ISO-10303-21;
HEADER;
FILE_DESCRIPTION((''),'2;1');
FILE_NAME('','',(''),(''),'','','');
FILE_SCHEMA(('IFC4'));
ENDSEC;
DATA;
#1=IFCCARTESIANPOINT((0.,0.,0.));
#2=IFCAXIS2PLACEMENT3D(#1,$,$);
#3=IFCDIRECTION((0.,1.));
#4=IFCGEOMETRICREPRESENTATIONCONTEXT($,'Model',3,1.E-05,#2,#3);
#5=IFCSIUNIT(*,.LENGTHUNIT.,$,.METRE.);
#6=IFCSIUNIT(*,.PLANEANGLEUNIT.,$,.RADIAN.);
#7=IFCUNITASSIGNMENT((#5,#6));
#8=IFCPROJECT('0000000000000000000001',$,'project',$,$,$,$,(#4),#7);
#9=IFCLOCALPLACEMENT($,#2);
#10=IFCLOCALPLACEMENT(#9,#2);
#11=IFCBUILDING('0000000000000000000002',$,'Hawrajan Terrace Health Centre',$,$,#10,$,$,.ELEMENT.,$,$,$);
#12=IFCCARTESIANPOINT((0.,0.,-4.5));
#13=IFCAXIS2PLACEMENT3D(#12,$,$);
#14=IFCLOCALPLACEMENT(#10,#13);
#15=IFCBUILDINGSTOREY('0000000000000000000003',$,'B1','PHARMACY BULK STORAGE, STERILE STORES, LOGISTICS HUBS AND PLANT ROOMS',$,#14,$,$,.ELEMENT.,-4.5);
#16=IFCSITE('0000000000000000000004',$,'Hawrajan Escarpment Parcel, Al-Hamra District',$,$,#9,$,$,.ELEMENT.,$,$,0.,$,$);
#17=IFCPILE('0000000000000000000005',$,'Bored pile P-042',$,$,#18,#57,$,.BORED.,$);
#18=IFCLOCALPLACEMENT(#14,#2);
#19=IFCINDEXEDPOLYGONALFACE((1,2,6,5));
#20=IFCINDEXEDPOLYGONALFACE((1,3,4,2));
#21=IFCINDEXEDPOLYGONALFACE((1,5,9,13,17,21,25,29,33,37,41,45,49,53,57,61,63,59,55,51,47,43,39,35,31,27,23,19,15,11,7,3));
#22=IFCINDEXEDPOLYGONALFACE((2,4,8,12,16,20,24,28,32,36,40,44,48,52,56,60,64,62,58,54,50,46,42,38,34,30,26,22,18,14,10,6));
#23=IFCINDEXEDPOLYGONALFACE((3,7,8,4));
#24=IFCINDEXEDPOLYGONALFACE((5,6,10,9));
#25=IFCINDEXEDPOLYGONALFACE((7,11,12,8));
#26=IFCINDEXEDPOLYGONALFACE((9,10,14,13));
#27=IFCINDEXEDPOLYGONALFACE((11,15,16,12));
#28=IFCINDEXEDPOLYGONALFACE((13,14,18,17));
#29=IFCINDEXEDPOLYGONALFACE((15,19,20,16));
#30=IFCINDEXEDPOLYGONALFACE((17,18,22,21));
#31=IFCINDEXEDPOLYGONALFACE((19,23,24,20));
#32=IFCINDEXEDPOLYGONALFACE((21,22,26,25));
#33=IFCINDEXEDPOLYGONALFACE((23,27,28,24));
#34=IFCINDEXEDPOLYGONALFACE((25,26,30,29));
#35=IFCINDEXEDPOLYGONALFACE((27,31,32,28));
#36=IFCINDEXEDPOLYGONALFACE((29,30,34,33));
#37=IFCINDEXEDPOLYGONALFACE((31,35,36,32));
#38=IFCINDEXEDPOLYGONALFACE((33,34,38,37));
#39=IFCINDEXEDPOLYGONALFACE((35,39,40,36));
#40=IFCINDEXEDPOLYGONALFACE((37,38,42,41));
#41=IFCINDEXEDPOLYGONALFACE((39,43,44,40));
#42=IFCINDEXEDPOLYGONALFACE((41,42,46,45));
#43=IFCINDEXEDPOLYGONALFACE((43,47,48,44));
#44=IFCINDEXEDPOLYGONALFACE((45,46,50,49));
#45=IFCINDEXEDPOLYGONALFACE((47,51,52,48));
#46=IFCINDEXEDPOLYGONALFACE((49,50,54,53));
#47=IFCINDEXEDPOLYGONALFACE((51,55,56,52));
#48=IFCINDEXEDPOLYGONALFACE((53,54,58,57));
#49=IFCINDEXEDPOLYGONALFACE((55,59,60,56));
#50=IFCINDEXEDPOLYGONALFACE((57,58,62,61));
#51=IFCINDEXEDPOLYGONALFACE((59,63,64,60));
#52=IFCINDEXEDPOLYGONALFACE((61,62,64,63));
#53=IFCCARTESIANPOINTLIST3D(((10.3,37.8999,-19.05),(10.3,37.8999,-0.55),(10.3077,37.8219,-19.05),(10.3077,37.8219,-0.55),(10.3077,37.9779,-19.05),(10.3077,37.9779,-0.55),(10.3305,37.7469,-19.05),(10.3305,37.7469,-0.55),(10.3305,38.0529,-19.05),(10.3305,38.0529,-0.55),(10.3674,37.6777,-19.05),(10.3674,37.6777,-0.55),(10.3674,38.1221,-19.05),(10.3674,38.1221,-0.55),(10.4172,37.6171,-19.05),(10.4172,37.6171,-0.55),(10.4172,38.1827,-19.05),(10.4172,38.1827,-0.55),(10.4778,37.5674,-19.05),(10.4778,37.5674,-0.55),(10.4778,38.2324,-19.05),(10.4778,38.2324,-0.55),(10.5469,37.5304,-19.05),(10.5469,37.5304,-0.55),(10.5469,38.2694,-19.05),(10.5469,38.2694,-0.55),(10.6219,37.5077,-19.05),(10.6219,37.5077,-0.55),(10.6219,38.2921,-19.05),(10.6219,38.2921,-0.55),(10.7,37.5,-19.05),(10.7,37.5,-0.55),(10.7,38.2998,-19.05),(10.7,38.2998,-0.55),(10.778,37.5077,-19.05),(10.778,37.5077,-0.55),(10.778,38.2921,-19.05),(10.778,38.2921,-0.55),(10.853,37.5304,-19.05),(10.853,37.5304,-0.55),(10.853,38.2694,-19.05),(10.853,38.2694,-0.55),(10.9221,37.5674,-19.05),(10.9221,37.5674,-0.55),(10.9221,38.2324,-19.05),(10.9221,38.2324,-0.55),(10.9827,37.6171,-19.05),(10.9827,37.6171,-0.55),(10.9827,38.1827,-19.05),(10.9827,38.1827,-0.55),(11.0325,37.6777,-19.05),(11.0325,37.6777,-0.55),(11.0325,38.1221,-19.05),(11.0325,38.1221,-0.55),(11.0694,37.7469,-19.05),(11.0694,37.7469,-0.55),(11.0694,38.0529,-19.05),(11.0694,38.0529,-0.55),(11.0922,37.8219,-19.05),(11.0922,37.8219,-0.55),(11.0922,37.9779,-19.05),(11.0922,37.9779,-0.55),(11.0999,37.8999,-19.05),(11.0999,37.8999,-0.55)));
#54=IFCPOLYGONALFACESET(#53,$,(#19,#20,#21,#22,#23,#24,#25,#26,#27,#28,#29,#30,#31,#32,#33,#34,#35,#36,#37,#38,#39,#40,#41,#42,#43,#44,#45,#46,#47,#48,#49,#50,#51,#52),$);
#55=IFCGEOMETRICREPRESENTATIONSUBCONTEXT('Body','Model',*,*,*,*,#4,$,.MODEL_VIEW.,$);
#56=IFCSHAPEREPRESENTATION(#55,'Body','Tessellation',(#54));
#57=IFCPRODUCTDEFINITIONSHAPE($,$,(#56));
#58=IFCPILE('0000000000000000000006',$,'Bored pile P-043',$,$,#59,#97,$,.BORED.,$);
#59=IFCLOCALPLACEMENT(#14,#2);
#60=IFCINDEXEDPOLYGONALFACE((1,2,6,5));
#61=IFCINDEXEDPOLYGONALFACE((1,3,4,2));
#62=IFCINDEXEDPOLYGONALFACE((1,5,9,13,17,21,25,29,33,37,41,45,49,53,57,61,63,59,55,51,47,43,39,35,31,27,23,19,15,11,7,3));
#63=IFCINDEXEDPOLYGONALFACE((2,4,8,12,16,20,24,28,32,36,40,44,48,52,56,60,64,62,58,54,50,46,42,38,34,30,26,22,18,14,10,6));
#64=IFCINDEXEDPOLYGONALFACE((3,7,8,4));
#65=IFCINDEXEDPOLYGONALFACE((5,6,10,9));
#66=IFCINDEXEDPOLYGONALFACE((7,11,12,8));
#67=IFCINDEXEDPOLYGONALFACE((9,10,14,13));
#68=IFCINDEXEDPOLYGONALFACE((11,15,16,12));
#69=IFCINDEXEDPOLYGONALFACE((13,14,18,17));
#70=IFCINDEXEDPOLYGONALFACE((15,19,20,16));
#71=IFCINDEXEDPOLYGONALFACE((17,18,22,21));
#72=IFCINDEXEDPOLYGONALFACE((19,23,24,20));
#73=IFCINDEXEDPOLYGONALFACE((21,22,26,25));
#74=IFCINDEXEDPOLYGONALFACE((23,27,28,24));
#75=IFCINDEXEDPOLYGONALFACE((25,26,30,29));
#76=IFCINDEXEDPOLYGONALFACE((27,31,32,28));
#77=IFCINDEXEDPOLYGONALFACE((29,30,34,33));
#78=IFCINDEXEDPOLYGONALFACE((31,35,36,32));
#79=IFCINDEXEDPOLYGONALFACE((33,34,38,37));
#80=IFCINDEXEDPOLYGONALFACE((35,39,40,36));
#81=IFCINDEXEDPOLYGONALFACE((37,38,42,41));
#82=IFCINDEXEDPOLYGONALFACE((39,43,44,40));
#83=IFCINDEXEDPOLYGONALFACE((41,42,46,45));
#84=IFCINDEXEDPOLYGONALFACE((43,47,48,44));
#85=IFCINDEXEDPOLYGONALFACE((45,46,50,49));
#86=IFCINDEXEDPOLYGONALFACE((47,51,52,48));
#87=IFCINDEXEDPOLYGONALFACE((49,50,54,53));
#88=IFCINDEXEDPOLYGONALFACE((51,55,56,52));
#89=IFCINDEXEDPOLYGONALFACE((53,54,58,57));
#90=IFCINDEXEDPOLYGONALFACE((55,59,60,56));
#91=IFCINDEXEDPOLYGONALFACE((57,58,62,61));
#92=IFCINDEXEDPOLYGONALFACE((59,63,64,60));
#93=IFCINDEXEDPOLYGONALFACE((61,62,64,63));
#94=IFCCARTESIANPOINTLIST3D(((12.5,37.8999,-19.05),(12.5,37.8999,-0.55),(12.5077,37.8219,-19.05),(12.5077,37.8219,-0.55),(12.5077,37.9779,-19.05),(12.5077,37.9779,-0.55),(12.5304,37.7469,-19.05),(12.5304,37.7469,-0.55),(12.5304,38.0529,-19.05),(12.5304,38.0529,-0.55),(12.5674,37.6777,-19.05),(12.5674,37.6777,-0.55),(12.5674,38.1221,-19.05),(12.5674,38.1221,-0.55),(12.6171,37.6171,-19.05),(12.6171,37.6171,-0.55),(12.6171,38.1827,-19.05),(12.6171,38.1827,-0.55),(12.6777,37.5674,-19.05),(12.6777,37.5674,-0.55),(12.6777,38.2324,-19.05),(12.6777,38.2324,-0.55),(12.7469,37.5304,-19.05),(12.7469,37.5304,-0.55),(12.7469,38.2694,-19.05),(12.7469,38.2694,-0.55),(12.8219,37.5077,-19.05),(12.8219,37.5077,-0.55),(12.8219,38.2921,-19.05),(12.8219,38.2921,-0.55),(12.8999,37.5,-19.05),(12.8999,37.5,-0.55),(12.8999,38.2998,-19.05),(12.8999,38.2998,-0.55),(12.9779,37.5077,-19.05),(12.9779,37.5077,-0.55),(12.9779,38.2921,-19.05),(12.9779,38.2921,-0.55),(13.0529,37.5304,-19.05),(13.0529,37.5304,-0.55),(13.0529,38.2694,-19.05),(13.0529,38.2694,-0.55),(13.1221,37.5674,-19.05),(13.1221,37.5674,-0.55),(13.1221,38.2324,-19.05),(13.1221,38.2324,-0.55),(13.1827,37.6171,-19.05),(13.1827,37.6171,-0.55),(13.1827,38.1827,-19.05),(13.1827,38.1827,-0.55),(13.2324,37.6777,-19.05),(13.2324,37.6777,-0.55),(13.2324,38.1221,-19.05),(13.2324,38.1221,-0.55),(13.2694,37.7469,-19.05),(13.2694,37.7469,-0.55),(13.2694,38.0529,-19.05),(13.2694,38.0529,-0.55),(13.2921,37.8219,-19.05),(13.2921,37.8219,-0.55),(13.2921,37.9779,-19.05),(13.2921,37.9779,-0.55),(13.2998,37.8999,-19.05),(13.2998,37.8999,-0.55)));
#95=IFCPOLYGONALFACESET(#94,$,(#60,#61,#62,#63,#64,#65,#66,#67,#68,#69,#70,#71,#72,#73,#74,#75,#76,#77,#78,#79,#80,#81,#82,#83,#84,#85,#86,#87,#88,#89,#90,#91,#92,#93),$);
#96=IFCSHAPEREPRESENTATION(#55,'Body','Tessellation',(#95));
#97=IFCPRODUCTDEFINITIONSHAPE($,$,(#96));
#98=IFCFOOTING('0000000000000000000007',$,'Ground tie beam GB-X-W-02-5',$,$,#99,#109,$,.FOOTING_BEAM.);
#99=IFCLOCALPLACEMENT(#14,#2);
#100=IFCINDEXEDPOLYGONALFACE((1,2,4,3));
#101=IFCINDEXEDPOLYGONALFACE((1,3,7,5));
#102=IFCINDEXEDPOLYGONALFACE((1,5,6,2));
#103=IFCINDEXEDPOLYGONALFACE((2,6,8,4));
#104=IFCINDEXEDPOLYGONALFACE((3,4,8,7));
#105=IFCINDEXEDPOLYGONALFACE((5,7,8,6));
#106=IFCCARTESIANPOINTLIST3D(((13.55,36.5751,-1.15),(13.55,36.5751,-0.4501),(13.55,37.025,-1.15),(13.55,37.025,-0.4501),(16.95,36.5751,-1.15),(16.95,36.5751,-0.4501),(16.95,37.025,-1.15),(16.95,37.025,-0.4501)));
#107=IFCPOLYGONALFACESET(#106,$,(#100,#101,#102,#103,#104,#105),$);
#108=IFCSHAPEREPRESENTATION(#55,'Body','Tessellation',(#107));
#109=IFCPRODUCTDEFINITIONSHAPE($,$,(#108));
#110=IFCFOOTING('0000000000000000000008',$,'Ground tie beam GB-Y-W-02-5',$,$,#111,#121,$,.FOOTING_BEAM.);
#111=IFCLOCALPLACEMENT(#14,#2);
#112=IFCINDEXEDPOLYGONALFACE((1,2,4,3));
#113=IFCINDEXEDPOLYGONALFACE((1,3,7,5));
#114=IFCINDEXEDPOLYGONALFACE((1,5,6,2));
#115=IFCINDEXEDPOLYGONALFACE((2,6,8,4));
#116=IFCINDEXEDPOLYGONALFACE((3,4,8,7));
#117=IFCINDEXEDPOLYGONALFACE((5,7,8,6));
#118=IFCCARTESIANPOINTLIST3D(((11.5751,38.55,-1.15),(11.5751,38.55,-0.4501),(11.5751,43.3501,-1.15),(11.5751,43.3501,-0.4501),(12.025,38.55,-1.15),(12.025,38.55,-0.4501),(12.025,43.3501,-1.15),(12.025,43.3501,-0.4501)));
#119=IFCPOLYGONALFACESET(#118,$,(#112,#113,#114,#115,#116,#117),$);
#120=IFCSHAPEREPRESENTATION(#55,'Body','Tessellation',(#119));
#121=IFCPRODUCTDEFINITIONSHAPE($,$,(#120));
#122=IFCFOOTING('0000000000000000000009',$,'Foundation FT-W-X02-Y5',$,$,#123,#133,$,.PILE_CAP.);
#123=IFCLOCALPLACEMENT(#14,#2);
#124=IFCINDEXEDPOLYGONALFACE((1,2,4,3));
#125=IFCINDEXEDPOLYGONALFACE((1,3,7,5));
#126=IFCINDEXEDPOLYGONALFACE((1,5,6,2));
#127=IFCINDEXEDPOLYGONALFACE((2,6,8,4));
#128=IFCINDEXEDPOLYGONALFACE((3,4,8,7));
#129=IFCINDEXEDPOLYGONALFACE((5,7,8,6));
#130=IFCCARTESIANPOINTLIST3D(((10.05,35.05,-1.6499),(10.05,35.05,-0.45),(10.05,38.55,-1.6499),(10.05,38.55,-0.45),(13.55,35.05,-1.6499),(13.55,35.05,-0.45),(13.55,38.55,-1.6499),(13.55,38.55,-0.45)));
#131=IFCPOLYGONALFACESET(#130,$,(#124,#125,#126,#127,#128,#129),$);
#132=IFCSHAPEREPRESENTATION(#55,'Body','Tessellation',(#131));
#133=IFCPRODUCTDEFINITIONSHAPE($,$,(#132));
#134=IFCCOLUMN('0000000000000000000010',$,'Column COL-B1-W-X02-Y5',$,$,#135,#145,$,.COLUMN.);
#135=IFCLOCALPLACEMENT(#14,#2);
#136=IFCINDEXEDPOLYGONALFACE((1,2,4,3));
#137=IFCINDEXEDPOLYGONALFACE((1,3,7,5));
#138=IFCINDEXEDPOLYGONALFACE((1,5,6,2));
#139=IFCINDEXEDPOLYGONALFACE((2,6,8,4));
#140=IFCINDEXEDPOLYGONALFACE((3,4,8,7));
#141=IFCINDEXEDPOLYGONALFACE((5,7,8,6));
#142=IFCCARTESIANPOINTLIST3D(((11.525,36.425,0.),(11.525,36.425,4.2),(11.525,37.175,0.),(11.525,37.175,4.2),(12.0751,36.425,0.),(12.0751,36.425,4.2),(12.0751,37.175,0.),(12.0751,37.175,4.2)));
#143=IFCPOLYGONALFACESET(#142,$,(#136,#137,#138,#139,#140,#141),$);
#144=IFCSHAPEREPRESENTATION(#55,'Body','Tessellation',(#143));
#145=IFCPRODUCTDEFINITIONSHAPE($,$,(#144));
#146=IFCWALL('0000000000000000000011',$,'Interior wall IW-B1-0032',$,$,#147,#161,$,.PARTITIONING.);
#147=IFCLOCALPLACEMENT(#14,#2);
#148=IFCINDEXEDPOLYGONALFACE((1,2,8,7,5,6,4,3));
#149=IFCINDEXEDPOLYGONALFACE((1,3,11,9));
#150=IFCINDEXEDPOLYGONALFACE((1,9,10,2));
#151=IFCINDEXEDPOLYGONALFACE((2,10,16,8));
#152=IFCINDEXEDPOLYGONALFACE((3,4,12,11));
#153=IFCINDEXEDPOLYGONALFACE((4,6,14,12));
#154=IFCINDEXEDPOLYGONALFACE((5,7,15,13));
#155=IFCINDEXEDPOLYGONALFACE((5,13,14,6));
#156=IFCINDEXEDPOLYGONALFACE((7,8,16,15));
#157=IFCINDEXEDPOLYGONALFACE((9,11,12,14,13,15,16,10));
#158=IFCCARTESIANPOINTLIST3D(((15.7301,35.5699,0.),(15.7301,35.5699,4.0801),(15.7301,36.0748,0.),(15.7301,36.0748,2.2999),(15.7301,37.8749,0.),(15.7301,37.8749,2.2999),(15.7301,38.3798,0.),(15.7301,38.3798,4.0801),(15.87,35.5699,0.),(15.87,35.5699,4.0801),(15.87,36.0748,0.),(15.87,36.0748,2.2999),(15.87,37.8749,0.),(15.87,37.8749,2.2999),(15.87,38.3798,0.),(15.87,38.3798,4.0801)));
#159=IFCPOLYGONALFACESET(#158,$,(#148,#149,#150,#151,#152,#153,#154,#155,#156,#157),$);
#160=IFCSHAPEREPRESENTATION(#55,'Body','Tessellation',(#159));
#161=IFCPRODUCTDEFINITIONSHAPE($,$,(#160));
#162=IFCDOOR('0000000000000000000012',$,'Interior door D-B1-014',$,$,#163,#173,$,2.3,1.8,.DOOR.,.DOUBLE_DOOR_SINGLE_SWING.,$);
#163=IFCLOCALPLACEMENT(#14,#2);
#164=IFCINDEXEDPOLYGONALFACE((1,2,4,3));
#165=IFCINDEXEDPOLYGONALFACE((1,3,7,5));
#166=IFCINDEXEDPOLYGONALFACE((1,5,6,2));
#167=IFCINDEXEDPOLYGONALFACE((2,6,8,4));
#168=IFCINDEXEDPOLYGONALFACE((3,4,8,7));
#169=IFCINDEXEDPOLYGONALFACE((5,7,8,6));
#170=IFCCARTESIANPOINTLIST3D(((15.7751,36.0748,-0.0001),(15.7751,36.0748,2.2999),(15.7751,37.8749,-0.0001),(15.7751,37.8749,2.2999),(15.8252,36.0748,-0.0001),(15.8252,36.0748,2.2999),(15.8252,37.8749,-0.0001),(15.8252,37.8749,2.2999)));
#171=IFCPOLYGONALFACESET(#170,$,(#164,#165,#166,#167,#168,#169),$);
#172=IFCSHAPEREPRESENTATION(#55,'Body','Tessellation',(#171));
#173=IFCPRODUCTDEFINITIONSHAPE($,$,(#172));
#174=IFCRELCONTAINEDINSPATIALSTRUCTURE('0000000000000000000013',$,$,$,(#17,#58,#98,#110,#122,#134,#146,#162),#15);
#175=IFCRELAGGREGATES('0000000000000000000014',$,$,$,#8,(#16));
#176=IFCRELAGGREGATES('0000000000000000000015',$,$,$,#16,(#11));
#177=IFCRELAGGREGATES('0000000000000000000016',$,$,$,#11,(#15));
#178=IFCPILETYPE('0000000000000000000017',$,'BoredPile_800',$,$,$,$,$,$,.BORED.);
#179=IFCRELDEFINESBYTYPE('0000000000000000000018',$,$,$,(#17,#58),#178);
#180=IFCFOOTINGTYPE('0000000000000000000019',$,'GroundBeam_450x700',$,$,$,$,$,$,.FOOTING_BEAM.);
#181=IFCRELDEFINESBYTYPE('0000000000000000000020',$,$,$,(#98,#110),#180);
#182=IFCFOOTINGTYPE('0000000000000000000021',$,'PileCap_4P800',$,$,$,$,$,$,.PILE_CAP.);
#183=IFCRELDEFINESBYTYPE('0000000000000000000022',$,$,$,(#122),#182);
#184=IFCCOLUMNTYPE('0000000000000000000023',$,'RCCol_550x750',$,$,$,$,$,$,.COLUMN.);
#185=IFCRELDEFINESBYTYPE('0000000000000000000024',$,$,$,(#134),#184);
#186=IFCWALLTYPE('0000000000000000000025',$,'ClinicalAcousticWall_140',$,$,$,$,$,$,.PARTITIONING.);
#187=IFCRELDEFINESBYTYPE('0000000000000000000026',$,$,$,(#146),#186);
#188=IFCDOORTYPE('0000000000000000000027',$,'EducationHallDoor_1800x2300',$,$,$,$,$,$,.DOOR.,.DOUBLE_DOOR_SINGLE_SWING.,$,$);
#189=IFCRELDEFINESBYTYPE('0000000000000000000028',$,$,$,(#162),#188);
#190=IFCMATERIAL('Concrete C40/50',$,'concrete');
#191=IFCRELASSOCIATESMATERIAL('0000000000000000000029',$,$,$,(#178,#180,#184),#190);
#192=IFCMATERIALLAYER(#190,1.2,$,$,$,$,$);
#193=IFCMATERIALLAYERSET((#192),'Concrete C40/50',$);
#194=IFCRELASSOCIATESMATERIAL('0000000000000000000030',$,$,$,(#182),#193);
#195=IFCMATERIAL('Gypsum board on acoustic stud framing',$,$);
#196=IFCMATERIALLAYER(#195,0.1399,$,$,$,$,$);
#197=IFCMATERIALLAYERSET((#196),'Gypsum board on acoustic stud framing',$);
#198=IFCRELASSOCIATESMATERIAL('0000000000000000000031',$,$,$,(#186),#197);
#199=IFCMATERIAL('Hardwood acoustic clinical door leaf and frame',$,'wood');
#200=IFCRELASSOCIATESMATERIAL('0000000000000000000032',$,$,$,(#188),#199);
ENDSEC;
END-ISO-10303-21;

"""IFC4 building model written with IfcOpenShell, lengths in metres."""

from ifc_helpers import new_model, si_unit, direction, frame, frame_2d, origin, origin_2d, place, context, subcontext, project, spatial, rectangle, circle, extrude, material, layer, layer_set, material_profile, profile_set, type_object, element, fill, save


model = new_model("IFC4")

# Units and contexts
model_context = context("Model", 3, precision=1e-05, world=origin(), true_north=direction((0.0, 1.0)))
body_context = subcontext(model_context, "Body", "Model", "MODEL_VIEW")
ifc_project = project(units=[si_unit("LENGTHUNIT", "METRE"), si_unit("PLANEANGLEUNIT", "RADIAN")], contexts=[model_context])

# Site, building, storey
site_placement = place(None, origin())
site = spatial("IfcSite", under=ifc_project, at=site_placement, Name="Hawrajan Escarpment Parcel, Al-Hamra District", CompositionType="ELEMENT", RefElevation=0.0)
building_placement = place(site_placement, origin())
building = spatial("IfcBuilding", under=site, at=building_placement, Name="Hawrajan Terrace Health Centre", CompositionType="ELEMENT")
storey_placement = place(building_placement, frame((0.0, 0.0, -4.5)))
storey = spatial("IfcBuildingStorey", under=building, at=storey_placement, Name="B1", Description="PHARMACY BULK STORAGE, STERILE STORES, LOGISTICS HUBS AND PLANT ROOMS", CompositionType="ELEMENT", Elevation=-4.5)

# Piles
ifc_material_1 = material(Name="Concrete C40/50", Category="concrete")
ifc_material_profile_1 = material_profile(ifc_material_1, circle(Radius=0.3999, at=origin_2d()), Name="BP 800")
ifc_profile_set_1 = profile_set([ifc_material_profile_1], Name="Concrete C40/50")
pile_type_1 = type_object("IfcPileType", Name="BoredPile_800", PredefinedType="BORED", material=ifc_profile_set_1)
for number, where, z_axis, x_axis, name in (
    (1, (10.7, 37.8999, -0.55), (0.0, 0.0, -1.0), (1.0, 0.0, 0.0), "Bored pile P-042"),
    (2, (12.8999, 37.8999, -0.55), (0.0, 0.0, -1.0), (1.0, 0.0, 0.0), "Bored pile P-043"),
):
    element("IfcPile", number, at=place(storey_placement, frame(where, z_axis=z_axis, x_axis=x_axis)), inside=storey, type_object=pile_type_1, Name=name, PredefinedType="BORED", context=body_context, shape_type="SweptSolid", body=[
        extrude(circle(Radius=0.3999, at=origin_2d()), origin(), (0.0, 0.0, 1.0), 18.5),
    ])

# Footings
ifc_material_profile_2 = material_profile(ifc_material_1, rectangle(XDim=0.45, YDim=0.7, at=origin_2d()), Name="RC BM 450x700")
ifc_profile_set_2 = profile_set([ifc_material_profile_2], Name="Concrete C40/50")
footing_type_1 = type_object("IfcFootingType", Name="GroundBeam_450x700", PredefinedType="FOOTING_BEAM", material=ifc_profile_set_2)
footing_1_placement = place(storey_placement, frame((13.55, 36.8, -0.8), z_axis=(1.0, 0.0, 0.0), x_axis=(0.0, 1.0, 0.0)))
element("IfcFooting", 3, at=footing_1_placement, inside=storey, type_object=footing_type_1, Name="Ground tie beam GB-X-W-02-5", PredefinedType="FOOTING_BEAM", context=body_context, shape_type="SweptSolid", body=[
    extrude(rectangle(XDim=0.45, YDim=0.7, at=origin_2d()), origin(), (0.0, 0.0, 1.0), 3.3999),
])
footing_2_placement = place(storey_placement, frame((11.8, 38.55, -0.8), z_axis=(0.0, 1.0, 0.0), x_axis=(-1.0, 0.0, 0.0)))
element("IfcFooting", 4, at=footing_2_placement, inside=storey, type_object=footing_type_1, Name="Ground tie beam GB-Y-W-02-5", PredefinedType="FOOTING_BEAM", context=body_context, shape_type="SweptSolid", body=[
    extrude(rectangle(XDim=0.45, YDim=0.7, at=origin_2d()), origin(), (0.0, 0.0, 1.0), 4.8),
])
ifc_layer_1 = layer(ifc_material_1, 1.2)
ifc_layer_set_1 = layer_set([ifc_layer_1], Name="Concrete C40/50")
footing_type_2 = type_object("IfcFootingType", Name="PileCap_4P800", PredefinedType="PILE_CAP", material=ifc_layer_set_1)
footing_3_placement = place(storey_placement, frame((11.8, 36.8, -1.6499), z_axis=(0.0, 0.0, 1.0), x_axis=(1.0, 0.0, 0.0)))
element("IfcFooting", 5, at=footing_3_placement, inside=storey, type_object=footing_type_2, Name="Foundation FT-W-X02-Y5", PredefinedType="PILE_CAP", context=body_context, shape_type="SweptSolid", body=[
    extrude(rectangle(XDim=3.5, YDim=3.5, at=origin_2d()), origin(), (0.0, 0.0, 1.0), 1.2),
])

# Column
ifc_material_profile_3 = material_profile(ifc_material_1, rectangle(XDim=0.55, YDim=0.75, at=origin_2d()), Name="RC 550x750")
ifc_profile_set_3 = profile_set([ifc_material_profile_3], Name="Concrete C40/50")
column_type = type_object("IfcColumnType", Name="RCCol_550x750", PredefinedType="COLUMN", material=ifc_profile_set_3)
column_placement = place(storey_placement, frame((11.8, 36.8, 0.0), z_axis=(0.0, 0.0, 1.0), x_axis=(1.0, 0.0, 0.0)))
element("IfcColumn", 6, at=column_placement, inside=storey, type_object=column_type, Name="Column COL-B1-W-X02-Y5", PredefinedType="COLUMN", context=body_context, shape_type="SweptSolid", body=[
    extrude(rectangle(XDim=0.55, YDim=0.75, at=origin_2d()), origin(), (0.0, 0.0, 1.0), 4.2),
])

# Wall, opening, door
ifc_material_2 = material(Name="Gypsum board on acoustic stud framing")
ifc_layer_2 = layer(ifc_material_2, 0.1399)
ifc_layer_set_2 = layer_set([ifc_layer_2], Name="Gypsum board on acoustic stud framing")
wall_type_1 = type_object("IfcWallType", Name="ClinicalAcousticWall_140", PredefinedType="PARTITIONING", material=ifc_layer_set_2)
wall_1_placement = place(storey_placement, frame((15.8, 35.5701, 0.0), z_axis=(0.0, 0.0, 1.0), x_axis=(0.0, 1.0, 0.0)))
wall_1 = element("IfcWall", 7, at=wall_1_placement, inside=storey, type_object=wall_type_1, Name="Interior wall IW-B1-0032", PredefinedType="PARTITIONING", context=body_context, shape_type="SweptSolid", body=[
    extrude(rectangle(XDim=2.8098, YDim=0.1399, at=frame_2d((1.4048, 0.0))), origin(), (0.0, 0.0, 1.0), 4.0801),
])
opening_1_placement = place(wall_1_placement, frame((0.5049, 0.0, 0.0)))
opening_1 = element("IfcOpeningElement", 8, at=opening_1_placement, cuts=wall_1, PredefinedType="OPENING", context=body_context, shape_type="SweptSolid", body=[
    extrude(rectangle(XDim=1.8, YDim=2.3, at=frame_2d((0.8999, 1.1499))), frame((0.0, 0.0798, 0.0), z_axis=(0.0, -1.0, 0.0), x_axis=(1.0, 0.0, 0.0)), (0.0, 0.0, 1.0), 0.1599),
])
ifc_material_3 = material(Name="Hardwood acoustic clinical door leaf and frame", Category="wood")
door_type_1 = type_object("IfcDoorType", Name="EducationHallDoor_1800x2300", OperationType="DOUBLE_DOOR_SINGLE_SWING", PredefinedType="DOOR", material=ifc_material_3)
door_1_placement = place(opening_1_placement, origin())
door_1 = element("IfcDoor", 9, at=door_1_placement, inside=storey, type_object=door_type_1, Name="Interior door D-B1-014", OperationType="DOUBLE_DOOR_SINGLE_SWING", OverallHeight=2.3, OverallWidth=1.8, PredefinedType="DOOR", context=body_context, shape_type="SweptSolid", body=[
    extrude(rectangle(XDim=1.8, YDim=2.3, at=frame_2d((0.8999, 1.1499))), frame((0.0, 0.0249, 0.0), z_axis=(0.0, -1.0, 0.0), x_axis=(1.0, 0.0, 0.0)), (0.0, 0.0, 1.0), 0.05),
])
fill(opening_1, door_1)

save(model, "model.ifc")
